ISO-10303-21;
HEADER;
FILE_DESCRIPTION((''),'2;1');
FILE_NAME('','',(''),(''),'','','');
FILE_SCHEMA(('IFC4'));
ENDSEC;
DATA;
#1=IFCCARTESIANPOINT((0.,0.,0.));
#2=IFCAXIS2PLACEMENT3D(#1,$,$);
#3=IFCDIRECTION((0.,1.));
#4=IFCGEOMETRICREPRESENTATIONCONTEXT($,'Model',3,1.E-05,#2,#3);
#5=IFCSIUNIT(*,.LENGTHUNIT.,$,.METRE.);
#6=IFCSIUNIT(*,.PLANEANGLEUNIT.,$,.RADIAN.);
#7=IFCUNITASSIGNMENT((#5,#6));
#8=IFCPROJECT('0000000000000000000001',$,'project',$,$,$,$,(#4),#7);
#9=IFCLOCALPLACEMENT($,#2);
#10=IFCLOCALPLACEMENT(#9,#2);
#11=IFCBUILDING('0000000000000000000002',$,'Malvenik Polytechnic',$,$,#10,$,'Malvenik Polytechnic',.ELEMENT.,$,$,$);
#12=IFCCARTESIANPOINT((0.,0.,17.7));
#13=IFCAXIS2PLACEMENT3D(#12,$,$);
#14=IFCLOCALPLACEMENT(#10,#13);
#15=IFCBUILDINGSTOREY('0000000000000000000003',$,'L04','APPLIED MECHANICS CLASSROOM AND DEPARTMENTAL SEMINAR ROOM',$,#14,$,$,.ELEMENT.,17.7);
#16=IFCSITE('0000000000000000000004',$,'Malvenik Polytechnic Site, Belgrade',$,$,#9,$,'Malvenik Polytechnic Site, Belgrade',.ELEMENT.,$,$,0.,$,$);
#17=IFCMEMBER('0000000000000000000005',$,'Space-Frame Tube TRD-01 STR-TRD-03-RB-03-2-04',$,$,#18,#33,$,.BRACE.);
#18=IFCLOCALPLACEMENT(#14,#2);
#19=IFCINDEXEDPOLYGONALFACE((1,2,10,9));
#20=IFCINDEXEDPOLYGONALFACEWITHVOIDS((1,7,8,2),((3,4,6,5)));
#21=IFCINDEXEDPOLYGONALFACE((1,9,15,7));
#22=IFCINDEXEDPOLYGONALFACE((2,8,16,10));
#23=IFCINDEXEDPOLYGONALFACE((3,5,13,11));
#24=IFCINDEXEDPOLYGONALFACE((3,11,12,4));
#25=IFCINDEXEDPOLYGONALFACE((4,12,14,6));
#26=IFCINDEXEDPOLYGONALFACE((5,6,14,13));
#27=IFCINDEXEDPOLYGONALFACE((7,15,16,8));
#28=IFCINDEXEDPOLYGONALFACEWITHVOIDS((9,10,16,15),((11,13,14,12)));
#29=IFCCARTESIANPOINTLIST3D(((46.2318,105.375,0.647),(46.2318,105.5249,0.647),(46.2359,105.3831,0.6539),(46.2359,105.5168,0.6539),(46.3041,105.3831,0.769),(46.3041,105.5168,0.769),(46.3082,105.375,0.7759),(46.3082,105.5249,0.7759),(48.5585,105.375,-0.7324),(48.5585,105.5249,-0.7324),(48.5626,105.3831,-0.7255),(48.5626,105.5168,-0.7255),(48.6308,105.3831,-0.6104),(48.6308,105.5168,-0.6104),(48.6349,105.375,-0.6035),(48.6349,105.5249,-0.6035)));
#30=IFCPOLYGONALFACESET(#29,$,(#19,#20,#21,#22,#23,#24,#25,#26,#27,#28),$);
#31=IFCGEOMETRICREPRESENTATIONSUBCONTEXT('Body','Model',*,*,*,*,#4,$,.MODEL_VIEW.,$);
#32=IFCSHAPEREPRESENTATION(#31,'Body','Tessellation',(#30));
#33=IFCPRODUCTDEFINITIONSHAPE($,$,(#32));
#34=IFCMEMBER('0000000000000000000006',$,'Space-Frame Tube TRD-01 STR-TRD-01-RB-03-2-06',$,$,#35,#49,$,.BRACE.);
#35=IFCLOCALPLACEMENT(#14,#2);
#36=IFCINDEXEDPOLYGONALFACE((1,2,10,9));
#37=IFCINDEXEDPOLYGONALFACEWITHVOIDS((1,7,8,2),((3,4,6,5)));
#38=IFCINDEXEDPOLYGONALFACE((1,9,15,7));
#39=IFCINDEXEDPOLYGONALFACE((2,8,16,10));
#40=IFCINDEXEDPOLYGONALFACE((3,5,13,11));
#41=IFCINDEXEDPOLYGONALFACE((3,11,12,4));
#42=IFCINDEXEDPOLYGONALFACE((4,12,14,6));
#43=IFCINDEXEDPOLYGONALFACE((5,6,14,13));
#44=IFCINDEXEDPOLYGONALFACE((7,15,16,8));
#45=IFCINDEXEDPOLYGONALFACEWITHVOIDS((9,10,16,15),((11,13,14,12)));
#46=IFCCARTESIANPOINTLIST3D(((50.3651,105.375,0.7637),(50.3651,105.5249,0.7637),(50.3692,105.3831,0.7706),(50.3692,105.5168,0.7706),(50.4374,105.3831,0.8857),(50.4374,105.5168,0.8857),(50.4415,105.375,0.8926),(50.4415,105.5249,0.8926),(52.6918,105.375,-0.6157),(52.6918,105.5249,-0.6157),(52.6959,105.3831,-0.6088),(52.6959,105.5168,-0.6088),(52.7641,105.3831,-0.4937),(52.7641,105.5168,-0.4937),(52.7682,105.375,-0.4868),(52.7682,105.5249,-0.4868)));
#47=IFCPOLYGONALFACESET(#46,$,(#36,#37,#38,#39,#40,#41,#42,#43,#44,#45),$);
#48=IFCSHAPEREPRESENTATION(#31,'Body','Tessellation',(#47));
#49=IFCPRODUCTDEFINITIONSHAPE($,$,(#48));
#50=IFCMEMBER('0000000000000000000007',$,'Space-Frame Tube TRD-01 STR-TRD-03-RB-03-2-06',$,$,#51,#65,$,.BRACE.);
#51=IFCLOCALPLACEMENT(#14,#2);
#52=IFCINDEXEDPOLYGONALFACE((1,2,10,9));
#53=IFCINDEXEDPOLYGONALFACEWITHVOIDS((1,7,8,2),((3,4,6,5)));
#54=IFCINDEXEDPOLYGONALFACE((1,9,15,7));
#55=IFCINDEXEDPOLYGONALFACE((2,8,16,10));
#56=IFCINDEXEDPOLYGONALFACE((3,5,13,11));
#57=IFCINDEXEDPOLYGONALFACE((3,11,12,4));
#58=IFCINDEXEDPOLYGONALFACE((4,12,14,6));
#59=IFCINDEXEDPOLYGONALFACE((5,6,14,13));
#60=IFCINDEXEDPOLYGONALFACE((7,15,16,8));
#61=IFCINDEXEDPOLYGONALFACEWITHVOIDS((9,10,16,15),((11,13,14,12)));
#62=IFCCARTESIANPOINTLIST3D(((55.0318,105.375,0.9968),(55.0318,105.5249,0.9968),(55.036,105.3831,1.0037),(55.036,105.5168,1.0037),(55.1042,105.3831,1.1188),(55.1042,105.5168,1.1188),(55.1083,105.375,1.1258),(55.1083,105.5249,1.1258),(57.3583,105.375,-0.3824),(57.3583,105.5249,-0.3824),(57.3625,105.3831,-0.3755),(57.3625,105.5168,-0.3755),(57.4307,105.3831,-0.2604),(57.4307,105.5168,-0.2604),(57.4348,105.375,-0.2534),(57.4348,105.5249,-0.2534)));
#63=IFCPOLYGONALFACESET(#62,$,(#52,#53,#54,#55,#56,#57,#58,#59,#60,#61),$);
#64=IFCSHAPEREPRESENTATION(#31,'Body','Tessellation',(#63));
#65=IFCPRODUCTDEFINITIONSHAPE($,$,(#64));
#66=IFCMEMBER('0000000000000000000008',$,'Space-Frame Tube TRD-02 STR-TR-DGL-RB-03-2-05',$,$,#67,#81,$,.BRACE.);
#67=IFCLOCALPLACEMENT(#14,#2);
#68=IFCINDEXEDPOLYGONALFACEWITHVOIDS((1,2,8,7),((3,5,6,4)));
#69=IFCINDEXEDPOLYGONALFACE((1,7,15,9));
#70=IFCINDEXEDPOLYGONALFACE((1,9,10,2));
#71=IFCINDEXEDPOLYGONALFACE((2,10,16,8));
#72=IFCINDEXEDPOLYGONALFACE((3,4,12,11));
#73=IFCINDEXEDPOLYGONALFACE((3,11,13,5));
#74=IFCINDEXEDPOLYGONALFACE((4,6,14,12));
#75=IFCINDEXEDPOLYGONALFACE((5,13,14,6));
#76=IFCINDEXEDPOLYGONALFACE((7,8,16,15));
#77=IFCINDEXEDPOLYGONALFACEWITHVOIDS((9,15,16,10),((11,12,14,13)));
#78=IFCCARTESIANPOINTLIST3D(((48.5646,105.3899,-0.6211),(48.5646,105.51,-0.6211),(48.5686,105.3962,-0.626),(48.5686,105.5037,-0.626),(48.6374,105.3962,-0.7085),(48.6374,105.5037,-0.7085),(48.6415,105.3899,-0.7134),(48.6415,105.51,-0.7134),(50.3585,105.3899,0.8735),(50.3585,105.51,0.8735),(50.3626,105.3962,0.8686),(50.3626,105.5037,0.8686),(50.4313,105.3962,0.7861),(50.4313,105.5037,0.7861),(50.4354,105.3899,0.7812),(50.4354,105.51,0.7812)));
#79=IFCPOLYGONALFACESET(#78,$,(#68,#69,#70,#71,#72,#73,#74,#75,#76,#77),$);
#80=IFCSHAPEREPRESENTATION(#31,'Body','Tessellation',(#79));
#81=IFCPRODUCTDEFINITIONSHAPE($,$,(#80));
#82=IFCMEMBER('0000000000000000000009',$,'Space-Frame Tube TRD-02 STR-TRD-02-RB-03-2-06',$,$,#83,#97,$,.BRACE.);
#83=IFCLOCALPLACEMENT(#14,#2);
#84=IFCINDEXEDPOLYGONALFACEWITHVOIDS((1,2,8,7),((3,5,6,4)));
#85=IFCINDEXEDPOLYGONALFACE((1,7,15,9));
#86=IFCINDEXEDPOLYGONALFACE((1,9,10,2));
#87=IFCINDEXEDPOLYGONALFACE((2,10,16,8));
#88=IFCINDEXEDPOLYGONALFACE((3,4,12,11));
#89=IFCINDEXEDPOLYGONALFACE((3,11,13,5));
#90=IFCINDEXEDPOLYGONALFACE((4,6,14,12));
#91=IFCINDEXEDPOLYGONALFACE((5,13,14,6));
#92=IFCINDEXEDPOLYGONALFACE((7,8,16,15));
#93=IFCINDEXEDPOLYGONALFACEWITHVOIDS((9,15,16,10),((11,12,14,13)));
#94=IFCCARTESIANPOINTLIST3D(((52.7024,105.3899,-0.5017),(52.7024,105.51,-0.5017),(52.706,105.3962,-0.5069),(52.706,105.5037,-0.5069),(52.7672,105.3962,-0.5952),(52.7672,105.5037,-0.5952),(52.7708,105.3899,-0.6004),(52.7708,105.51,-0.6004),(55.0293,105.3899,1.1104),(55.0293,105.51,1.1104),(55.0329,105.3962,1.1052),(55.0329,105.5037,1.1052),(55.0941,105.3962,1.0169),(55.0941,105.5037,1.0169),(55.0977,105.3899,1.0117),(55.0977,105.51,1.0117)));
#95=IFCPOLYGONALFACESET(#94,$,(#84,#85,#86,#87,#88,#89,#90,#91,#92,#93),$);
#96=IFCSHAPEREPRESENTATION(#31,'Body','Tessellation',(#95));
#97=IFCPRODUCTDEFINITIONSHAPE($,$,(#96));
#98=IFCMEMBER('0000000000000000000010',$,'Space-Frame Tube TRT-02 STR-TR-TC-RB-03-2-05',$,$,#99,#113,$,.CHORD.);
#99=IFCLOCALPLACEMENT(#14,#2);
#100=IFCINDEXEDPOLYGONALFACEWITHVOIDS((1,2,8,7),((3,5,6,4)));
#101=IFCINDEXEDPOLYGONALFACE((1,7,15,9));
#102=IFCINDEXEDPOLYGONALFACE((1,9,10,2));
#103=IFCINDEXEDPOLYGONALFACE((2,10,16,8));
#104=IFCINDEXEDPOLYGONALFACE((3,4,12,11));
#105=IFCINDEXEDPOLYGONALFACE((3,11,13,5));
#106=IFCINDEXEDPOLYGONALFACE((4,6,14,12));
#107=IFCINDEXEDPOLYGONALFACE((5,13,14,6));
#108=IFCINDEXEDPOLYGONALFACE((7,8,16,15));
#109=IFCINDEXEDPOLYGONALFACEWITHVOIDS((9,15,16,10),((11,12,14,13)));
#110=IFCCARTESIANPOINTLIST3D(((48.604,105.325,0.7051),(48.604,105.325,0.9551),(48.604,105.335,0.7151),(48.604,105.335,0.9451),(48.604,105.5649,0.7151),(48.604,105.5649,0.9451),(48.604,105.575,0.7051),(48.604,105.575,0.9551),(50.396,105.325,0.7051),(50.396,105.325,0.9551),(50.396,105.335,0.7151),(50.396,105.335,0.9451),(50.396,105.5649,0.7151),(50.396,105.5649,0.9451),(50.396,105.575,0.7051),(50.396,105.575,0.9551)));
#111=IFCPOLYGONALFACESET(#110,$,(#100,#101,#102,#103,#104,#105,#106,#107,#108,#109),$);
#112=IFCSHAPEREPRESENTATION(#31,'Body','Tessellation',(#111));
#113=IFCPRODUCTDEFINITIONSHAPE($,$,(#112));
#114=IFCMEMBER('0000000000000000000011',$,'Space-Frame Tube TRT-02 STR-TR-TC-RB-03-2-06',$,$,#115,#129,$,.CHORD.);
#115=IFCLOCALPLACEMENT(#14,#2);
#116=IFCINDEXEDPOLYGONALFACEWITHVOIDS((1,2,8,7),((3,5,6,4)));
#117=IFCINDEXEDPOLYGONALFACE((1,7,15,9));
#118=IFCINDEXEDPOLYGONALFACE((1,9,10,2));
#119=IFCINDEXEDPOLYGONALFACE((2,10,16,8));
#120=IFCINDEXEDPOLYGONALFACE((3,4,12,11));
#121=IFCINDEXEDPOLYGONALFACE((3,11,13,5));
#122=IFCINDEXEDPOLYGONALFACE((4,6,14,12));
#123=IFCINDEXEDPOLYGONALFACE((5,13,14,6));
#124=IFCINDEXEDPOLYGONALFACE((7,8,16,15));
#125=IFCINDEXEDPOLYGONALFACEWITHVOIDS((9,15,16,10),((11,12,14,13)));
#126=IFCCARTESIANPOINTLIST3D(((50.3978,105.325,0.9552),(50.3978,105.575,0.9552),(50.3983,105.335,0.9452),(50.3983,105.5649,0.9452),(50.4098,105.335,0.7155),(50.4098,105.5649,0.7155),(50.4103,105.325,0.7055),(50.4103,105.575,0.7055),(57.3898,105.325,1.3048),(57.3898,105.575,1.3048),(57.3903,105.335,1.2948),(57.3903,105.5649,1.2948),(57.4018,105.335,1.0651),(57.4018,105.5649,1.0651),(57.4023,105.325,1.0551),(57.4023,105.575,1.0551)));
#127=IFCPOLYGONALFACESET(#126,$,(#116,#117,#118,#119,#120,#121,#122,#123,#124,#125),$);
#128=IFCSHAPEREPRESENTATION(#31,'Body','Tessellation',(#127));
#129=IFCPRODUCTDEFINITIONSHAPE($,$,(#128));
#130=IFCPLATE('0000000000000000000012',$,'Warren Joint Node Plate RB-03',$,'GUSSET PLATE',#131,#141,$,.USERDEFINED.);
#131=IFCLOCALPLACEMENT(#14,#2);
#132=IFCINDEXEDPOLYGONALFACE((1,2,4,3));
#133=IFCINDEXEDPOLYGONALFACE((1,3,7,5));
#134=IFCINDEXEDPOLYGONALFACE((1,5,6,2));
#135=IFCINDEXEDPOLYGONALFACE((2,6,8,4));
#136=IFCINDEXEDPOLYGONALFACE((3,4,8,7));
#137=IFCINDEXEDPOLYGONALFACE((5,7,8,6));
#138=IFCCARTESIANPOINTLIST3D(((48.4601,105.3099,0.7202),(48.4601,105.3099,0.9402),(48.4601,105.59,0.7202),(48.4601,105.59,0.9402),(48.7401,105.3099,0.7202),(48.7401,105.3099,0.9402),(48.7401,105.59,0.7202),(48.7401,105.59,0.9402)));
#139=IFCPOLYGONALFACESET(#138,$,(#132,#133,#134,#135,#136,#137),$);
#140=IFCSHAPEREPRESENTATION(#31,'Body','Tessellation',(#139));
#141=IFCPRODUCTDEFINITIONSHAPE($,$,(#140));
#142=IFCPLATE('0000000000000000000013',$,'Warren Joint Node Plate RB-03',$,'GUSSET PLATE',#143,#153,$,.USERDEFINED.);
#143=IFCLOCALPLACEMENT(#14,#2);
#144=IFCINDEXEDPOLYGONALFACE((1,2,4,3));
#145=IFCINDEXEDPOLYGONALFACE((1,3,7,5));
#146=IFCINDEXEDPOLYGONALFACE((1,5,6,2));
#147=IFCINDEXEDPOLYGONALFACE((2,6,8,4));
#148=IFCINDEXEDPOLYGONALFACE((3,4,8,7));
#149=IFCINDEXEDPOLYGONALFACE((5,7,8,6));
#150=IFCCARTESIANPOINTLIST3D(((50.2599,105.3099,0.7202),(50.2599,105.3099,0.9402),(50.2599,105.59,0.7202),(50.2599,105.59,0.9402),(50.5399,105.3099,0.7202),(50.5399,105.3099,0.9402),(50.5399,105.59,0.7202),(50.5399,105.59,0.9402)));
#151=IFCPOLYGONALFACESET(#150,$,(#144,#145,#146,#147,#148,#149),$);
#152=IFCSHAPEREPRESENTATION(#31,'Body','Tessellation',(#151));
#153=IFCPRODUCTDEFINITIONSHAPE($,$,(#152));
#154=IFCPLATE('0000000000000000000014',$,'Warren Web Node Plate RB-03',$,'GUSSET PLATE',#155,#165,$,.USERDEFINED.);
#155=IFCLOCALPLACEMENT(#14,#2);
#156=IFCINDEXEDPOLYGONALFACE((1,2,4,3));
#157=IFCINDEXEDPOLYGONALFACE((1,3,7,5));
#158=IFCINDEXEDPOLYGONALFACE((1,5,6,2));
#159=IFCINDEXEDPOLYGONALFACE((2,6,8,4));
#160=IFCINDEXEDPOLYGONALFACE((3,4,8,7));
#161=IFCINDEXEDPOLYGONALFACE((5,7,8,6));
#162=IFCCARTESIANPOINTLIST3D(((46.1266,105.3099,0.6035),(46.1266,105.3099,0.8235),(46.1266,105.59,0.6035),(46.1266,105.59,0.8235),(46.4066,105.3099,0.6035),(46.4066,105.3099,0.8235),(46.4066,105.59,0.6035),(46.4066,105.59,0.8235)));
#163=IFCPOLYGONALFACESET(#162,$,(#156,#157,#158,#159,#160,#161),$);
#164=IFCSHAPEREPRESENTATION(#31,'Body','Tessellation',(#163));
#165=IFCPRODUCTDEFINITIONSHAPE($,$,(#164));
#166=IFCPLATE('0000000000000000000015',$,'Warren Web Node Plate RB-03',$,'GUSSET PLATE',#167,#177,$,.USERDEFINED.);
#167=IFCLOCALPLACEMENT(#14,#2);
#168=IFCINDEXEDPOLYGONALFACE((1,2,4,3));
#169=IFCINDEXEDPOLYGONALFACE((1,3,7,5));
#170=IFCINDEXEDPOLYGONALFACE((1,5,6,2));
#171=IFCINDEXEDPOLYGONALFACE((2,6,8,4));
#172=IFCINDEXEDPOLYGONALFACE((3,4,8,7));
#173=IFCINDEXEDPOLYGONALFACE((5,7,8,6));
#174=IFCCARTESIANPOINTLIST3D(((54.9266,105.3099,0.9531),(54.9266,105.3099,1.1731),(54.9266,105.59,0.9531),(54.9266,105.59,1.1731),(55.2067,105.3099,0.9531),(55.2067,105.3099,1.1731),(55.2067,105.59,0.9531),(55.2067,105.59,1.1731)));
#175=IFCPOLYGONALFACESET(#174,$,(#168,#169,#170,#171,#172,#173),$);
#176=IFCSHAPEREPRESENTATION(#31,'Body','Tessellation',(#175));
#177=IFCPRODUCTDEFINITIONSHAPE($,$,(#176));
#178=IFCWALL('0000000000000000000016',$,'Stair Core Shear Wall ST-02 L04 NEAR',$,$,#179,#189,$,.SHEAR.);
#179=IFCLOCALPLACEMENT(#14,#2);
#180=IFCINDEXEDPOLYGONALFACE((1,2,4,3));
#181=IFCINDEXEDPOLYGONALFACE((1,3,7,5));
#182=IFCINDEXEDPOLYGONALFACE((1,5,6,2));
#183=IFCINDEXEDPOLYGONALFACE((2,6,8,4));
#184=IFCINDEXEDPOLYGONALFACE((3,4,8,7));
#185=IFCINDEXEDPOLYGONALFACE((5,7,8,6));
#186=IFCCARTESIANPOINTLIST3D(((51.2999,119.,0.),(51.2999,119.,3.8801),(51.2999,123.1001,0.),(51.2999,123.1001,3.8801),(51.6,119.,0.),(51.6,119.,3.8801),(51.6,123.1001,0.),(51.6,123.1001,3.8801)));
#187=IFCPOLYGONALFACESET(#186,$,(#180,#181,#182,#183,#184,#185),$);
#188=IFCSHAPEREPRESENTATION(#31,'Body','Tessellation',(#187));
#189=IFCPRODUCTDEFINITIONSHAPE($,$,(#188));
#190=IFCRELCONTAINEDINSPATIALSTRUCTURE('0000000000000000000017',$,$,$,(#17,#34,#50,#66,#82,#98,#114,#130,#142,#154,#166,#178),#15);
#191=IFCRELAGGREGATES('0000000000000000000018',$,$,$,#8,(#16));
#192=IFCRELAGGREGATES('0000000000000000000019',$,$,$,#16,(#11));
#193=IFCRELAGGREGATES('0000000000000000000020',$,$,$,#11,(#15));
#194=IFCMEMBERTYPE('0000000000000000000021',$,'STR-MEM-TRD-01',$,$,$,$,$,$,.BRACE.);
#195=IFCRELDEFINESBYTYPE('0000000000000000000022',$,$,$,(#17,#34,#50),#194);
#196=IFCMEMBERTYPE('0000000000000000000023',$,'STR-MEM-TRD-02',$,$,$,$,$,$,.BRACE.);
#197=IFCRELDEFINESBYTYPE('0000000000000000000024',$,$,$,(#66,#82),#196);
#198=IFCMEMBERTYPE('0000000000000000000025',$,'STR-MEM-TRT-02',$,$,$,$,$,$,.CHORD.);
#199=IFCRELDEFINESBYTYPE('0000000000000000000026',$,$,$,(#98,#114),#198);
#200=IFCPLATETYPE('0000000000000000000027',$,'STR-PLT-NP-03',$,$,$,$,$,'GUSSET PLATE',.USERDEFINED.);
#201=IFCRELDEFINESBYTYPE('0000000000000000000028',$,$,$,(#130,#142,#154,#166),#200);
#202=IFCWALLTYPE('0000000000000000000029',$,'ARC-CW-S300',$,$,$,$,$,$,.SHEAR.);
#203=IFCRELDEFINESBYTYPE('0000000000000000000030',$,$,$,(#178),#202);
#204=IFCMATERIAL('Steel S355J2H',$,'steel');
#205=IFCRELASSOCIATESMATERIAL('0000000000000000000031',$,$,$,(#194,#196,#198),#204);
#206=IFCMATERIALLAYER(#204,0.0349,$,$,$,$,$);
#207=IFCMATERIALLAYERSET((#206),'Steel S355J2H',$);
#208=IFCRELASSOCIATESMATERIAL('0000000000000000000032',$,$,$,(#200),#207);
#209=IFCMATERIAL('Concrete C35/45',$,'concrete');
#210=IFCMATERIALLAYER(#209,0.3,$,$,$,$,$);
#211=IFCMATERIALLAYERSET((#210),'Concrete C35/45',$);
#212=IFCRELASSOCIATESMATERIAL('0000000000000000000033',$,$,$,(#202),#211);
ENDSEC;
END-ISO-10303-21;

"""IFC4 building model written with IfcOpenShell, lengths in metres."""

from ifc_helpers import new_model, si_unit, direction, frame, frame_2d, origin, origin_2d, place, context, subcontext, project, spatial, rectangle, hollow_rectangle, extrude, material, layer, layer_set, material_profile, profile_set, type_object, element, save


model = new_model("IFC4")

# Units and contexts
model_context = context("Model", 3, precision=1e-05, world=origin(), true_north=direction((0.0, 1.0)))
body_context = subcontext(model_context, "Body", "Model", "MODEL_VIEW")
ifc_project = project(units=[si_unit("LENGTHUNIT", "METRE"), si_unit("PLANEANGLEUNIT", "RADIAN")], contexts=[model_context])

# Site, building, storey
site_placement = place(None, origin())
site = spatial("IfcSite", under=ifc_project, at=site_placement, Name="Malvenik Polytechnic Site, Belgrade", LongName="Malvenik Polytechnic Site, Belgrade", CompositionType="ELEMENT", RefElevation=0.0)
building_placement = place(site_placement, origin())
building = spatial("IfcBuilding", under=site, at=building_placement, Name="Malvenik Polytechnic", LongName="Malvenik Polytechnic", CompositionType="ELEMENT")
storey_placement = place(building_placement, frame((0.0, 0.0, 17.7)))
storey = spatial("IfcBuildingStorey", under=building, at=storey_placement, Name="L04", Description="APPLIED MECHANICS CLASSROOM AND DEPARTMENTAL SEMINAR ROOM", CompositionType="ELEMENT", Elevation=17.7)

# Shared definitions
ifc_material_1 = material(Name="Concrete C35/45", Category="concrete")
ifc_material_2 = material(Name="Steel S355J2H", Category="steel")

# Members
ifc_material_profile_1 = material_profile(ifc_material_2, hollow_rectangle(XDim=0.1499, YDim=0.1499, WallThickness=0.0081, at=origin_2d()), Name="SHS 150x150x8.0")
ifc_profile_set_1 = profile_set([ifc_material_profile_1], Name="Steel S355J2H")
member_type_1 = type_object("IfcMemberType", Name="STR-MEM-TRD-01", PredefinedType="BRACE", material=ifc_profile_set_1)
for number, where, z_axis, x_axis, name in (
    (1, (46.27, 105.45, 0.7114), (0.860189, 0.0, -0.509976), (0.0, 1.0, 0.0), "Space-Frame Tube TRD-01 STR-TRD-03-RB-03-2-04"),
    (2, (50.4033, 105.45, 0.8281), (0.860189, 0.0, -0.509976), (0.0, 1.0, 0.0), "Space-Frame Tube TRD-01 STR-TRD-01-RB-03-2-06"),
):
    element("IfcMember", number, at=place(storey_placement, frame(where, z_axis=z_axis, x_axis=x_axis)), inside=storey, type_object=member_type_1, Name=name, PredefinedType="BRACE", context=body_context, shape_type="SweptSolid", body=[
        extrude(hollow_rectangle(XDim=0.1499, YDim=0.1499, WallThickness=0.0081, at=origin_2d()), origin(), (0.0, 0.0, 1.0), 2.7048),
    ])
member_1_placement = place(storey_placement, frame((55.0701, 105.45, 1.0613), z_axis=(0.860205, 0.0, -0.509948), x_axis=(0.0, 1.0, 0.0)))
element("IfcMember", 3, at=member_1_placement, inside=storey, type_object=member_type_1, Name="Space-Frame Tube TRD-01 STR-TRD-03-RB-03-2-06", PredefinedType="BRACE", context=body_context, shape_type="SweptSolid", body=[
    extrude(hollow_rectangle(XDim=0.1499, YDim=0.1499, WallThickness=0.0081, at=origin_2d()), origin(), (0.0, 0.0, 1.0), 2.7046),
])
ifc_material_profile_2 = material_profile(ifc_material_2, hollow_rectangle(XDim=0.1201, YDim=0.1201, WallThickness=0.0063, at=origin_2d()), Name="SHS 120x120x6.3")
ifc_profile_set_2 = profile_set([ifc_material_profile_2], Name="Steel S355J2H")
member_type_2 = type_object("IfcMemberType", Name="STR-MEM-TRD-02", PredefinedType="BRACE", material=ifc_profile_set_2)
member_2_placement = place(storey_placement, frame((48.603, 105.45, -0.6672), z_axis=(0.76829, 0.0, 0.640102), x_axis=(0.0, 1.0, 0.0)))
element("IfcMember", 4, at=member_2_placement, inside=storey, type_object=member_type_2, Name="Space-Frame Tube TRD-02 STR-TR-DGL-RB-03-2-05", PredefinedType="BRACE", context=body_context, shape_type="SweptSolid", body=[
    extrude(hollow_rectangle(XDim=0.1201, YDim=0.1201, WallThickness=0.0063, at=origin_2d()), origin(), (0.0, 0.0, 1.0), 2.335),
])
member_3_placement = place(storey_placement, frame((52.7366, 105.45, -0.551), z_axis=(0.822006, 0.0, 0.569479), x_axis=(0.0, 1.0, 0.0)))
element("IfcMember", 5, at=member_3_placement, inside=storey, type_object=member_type_2, Name="Space-Frame Tube TRD-02 STR-TRD-02-RB-03-2-06", PredefinedType="BRACE", context=body_context, shape_type="SweptSolid", body=[
    extrude(hollow_rectangle(XDim=0.1201, YDim=0.1201, WallThickness=0.0063, at=origin_2d()), origin(), (0.0, 0.0, 1.0), 2.8308),
])
ifc_material_profile_3 = material_profile(ifc_material_2, hollow_rectangle(XDim=0.25, YDim=0.25, WallThickness=0.01, at=origin_2d()), Name="SHS 250x250x10.0")
ifc_profile_set_3 = profile_set([ifc_material_profile_3], Name="Steel S355J2H")
member_type_3 = type_object("IfcMemberType", Name="STR-MEM-TRT-02", PredefinedType="CHORD", material=ifc_profile_set_3)
member_4_placement = place(storey_placement, frame((48.604, 105.45, 0.8301), z_axis=(1.0, 0.0, 0.0), x_axis=(0.0, 1.0, 0.0)))
element("IfcMember", 6, at=member_4_placement, inside=storey, type_object=member_type_3, Name="Space-Frame Tube TRT-02 STR-TR-TC-RB-03-2-05", PredefinedType="CHORD", context=body_context, shape_type="SweptSolid", body=[
    extrude(hollow_rectangle(XDim=0.25, YDim=0.25, WallThickness=0.01, at=origin_2d()), origin(), (0.0, 0.0, 1.0), 1.792),
])
member_5_placement = place(storey_placement, frame((50.4041, 105.45, 0.8303), z_axis=(0.998752, 0.0, 0.049939), x_axis=(0.0, 1.0, 0.0)))
element("IfcMember", 7, at=member_5_placement, inside=storey, type_object=member_type_3, Name="Space-Frame Tube TRT-02 STR-TR-TC-RB-03-2-06", PredefinedType="CHORD", context=body_context, shape_type="SweptSolid", body=[
    extrude(hollow_rectangle(XDim=0.25, YDim=0.25, WallThickness=0.01, at=origin_2d()), origin(), (0.0, 0.0, 1.0), 7.0007),
])

# Plates
ifc_layer_1 = layer(ifc_material_2, 0.0349)
ifc_layer_set_1 = layer_set([ifc_layer_1], Name="Steel S355J2H")
plate_type = type_object("IfcPlateType", Name="STR-PLT-NP-03", ElementType="GUSSET PLATE", PredefinedType="USERDEFINED", material=ifc_layer_set_1)
for number, where, z_axis, x_axis, name in (
    (8, (48.6001, 105.45, 0.7202), (0.0, 0.0, 1.0), (1.0, 0.0, 0.0), "Warren Joint Node Plate RB-03"),
    (9, (50.3999, 105.45, 0.7202), (0.0, 0.0, 1.0), (1.0, 0.0, 0.0), "Warren Joint Node Plate RB-03"),
    (10, (46.2666, 105.45, 0.6035), (0.0, 0.0, 1.0), (1.0, 0.0, 0.0), "Warren Web Node Plate RB-03"),
    (11, (55.0667, 105.45, 0.9531), (0.0, 0.0, 1.0), (1.0, 0.0, 0.0), "Warren Web Node Plate RB-03"),
):
    element("IfcPlate", number, at=place(storey_placement, frame(where, z_axis=z_axis, x_axis=x_axis)), inside=storey, type_object=plate_type, Name=name, ObjectType="GUSSET PLATE", PredefinedType="USERDEFINED", context=body_context, shape_type="SweptSolid", body=[
        extrude(rectangle(XDim=0.28, YDim=0.28, at=origin_2d()), origin(), (0.0, 0.0, 1.0), 0.22),
    ])

# Wall
ifc_layer_2 = layer(ifc_material_1, 0.3)
ifc_layer_set_2 = layer_set([ifc_layer_2], Name="Concrete C35/45")
wall_type_1 = type_object("IfcWallType", Name="ARC-CW-S300", PredefinedType="SHEAR", material=ifc_layer_set_2)
wall_1_placement = place(storey_placement, frame((51.45, 119.0, 0.0), z_axis=(0.0, 0.0, 1.0), x_axis=(0.0, 1.0, 0.0)))
element("IfcWall", 12, at=wall_1_placement, inside=storey, type_object=wall_type_1, Name="Stair Core Shear Wall ST-02 L04 NEAR", PredefinedType="SHEAR", context=body_context, shape_type="SweptSolid", body=[
    extrude(rectangle(XDim=4.1001, YDim=0.3, at=frame_2d((2.05, 0.0))), origin(), (0.0, 0.0, 1.0), 3.8801),
])

save(model, "model.ifc")
